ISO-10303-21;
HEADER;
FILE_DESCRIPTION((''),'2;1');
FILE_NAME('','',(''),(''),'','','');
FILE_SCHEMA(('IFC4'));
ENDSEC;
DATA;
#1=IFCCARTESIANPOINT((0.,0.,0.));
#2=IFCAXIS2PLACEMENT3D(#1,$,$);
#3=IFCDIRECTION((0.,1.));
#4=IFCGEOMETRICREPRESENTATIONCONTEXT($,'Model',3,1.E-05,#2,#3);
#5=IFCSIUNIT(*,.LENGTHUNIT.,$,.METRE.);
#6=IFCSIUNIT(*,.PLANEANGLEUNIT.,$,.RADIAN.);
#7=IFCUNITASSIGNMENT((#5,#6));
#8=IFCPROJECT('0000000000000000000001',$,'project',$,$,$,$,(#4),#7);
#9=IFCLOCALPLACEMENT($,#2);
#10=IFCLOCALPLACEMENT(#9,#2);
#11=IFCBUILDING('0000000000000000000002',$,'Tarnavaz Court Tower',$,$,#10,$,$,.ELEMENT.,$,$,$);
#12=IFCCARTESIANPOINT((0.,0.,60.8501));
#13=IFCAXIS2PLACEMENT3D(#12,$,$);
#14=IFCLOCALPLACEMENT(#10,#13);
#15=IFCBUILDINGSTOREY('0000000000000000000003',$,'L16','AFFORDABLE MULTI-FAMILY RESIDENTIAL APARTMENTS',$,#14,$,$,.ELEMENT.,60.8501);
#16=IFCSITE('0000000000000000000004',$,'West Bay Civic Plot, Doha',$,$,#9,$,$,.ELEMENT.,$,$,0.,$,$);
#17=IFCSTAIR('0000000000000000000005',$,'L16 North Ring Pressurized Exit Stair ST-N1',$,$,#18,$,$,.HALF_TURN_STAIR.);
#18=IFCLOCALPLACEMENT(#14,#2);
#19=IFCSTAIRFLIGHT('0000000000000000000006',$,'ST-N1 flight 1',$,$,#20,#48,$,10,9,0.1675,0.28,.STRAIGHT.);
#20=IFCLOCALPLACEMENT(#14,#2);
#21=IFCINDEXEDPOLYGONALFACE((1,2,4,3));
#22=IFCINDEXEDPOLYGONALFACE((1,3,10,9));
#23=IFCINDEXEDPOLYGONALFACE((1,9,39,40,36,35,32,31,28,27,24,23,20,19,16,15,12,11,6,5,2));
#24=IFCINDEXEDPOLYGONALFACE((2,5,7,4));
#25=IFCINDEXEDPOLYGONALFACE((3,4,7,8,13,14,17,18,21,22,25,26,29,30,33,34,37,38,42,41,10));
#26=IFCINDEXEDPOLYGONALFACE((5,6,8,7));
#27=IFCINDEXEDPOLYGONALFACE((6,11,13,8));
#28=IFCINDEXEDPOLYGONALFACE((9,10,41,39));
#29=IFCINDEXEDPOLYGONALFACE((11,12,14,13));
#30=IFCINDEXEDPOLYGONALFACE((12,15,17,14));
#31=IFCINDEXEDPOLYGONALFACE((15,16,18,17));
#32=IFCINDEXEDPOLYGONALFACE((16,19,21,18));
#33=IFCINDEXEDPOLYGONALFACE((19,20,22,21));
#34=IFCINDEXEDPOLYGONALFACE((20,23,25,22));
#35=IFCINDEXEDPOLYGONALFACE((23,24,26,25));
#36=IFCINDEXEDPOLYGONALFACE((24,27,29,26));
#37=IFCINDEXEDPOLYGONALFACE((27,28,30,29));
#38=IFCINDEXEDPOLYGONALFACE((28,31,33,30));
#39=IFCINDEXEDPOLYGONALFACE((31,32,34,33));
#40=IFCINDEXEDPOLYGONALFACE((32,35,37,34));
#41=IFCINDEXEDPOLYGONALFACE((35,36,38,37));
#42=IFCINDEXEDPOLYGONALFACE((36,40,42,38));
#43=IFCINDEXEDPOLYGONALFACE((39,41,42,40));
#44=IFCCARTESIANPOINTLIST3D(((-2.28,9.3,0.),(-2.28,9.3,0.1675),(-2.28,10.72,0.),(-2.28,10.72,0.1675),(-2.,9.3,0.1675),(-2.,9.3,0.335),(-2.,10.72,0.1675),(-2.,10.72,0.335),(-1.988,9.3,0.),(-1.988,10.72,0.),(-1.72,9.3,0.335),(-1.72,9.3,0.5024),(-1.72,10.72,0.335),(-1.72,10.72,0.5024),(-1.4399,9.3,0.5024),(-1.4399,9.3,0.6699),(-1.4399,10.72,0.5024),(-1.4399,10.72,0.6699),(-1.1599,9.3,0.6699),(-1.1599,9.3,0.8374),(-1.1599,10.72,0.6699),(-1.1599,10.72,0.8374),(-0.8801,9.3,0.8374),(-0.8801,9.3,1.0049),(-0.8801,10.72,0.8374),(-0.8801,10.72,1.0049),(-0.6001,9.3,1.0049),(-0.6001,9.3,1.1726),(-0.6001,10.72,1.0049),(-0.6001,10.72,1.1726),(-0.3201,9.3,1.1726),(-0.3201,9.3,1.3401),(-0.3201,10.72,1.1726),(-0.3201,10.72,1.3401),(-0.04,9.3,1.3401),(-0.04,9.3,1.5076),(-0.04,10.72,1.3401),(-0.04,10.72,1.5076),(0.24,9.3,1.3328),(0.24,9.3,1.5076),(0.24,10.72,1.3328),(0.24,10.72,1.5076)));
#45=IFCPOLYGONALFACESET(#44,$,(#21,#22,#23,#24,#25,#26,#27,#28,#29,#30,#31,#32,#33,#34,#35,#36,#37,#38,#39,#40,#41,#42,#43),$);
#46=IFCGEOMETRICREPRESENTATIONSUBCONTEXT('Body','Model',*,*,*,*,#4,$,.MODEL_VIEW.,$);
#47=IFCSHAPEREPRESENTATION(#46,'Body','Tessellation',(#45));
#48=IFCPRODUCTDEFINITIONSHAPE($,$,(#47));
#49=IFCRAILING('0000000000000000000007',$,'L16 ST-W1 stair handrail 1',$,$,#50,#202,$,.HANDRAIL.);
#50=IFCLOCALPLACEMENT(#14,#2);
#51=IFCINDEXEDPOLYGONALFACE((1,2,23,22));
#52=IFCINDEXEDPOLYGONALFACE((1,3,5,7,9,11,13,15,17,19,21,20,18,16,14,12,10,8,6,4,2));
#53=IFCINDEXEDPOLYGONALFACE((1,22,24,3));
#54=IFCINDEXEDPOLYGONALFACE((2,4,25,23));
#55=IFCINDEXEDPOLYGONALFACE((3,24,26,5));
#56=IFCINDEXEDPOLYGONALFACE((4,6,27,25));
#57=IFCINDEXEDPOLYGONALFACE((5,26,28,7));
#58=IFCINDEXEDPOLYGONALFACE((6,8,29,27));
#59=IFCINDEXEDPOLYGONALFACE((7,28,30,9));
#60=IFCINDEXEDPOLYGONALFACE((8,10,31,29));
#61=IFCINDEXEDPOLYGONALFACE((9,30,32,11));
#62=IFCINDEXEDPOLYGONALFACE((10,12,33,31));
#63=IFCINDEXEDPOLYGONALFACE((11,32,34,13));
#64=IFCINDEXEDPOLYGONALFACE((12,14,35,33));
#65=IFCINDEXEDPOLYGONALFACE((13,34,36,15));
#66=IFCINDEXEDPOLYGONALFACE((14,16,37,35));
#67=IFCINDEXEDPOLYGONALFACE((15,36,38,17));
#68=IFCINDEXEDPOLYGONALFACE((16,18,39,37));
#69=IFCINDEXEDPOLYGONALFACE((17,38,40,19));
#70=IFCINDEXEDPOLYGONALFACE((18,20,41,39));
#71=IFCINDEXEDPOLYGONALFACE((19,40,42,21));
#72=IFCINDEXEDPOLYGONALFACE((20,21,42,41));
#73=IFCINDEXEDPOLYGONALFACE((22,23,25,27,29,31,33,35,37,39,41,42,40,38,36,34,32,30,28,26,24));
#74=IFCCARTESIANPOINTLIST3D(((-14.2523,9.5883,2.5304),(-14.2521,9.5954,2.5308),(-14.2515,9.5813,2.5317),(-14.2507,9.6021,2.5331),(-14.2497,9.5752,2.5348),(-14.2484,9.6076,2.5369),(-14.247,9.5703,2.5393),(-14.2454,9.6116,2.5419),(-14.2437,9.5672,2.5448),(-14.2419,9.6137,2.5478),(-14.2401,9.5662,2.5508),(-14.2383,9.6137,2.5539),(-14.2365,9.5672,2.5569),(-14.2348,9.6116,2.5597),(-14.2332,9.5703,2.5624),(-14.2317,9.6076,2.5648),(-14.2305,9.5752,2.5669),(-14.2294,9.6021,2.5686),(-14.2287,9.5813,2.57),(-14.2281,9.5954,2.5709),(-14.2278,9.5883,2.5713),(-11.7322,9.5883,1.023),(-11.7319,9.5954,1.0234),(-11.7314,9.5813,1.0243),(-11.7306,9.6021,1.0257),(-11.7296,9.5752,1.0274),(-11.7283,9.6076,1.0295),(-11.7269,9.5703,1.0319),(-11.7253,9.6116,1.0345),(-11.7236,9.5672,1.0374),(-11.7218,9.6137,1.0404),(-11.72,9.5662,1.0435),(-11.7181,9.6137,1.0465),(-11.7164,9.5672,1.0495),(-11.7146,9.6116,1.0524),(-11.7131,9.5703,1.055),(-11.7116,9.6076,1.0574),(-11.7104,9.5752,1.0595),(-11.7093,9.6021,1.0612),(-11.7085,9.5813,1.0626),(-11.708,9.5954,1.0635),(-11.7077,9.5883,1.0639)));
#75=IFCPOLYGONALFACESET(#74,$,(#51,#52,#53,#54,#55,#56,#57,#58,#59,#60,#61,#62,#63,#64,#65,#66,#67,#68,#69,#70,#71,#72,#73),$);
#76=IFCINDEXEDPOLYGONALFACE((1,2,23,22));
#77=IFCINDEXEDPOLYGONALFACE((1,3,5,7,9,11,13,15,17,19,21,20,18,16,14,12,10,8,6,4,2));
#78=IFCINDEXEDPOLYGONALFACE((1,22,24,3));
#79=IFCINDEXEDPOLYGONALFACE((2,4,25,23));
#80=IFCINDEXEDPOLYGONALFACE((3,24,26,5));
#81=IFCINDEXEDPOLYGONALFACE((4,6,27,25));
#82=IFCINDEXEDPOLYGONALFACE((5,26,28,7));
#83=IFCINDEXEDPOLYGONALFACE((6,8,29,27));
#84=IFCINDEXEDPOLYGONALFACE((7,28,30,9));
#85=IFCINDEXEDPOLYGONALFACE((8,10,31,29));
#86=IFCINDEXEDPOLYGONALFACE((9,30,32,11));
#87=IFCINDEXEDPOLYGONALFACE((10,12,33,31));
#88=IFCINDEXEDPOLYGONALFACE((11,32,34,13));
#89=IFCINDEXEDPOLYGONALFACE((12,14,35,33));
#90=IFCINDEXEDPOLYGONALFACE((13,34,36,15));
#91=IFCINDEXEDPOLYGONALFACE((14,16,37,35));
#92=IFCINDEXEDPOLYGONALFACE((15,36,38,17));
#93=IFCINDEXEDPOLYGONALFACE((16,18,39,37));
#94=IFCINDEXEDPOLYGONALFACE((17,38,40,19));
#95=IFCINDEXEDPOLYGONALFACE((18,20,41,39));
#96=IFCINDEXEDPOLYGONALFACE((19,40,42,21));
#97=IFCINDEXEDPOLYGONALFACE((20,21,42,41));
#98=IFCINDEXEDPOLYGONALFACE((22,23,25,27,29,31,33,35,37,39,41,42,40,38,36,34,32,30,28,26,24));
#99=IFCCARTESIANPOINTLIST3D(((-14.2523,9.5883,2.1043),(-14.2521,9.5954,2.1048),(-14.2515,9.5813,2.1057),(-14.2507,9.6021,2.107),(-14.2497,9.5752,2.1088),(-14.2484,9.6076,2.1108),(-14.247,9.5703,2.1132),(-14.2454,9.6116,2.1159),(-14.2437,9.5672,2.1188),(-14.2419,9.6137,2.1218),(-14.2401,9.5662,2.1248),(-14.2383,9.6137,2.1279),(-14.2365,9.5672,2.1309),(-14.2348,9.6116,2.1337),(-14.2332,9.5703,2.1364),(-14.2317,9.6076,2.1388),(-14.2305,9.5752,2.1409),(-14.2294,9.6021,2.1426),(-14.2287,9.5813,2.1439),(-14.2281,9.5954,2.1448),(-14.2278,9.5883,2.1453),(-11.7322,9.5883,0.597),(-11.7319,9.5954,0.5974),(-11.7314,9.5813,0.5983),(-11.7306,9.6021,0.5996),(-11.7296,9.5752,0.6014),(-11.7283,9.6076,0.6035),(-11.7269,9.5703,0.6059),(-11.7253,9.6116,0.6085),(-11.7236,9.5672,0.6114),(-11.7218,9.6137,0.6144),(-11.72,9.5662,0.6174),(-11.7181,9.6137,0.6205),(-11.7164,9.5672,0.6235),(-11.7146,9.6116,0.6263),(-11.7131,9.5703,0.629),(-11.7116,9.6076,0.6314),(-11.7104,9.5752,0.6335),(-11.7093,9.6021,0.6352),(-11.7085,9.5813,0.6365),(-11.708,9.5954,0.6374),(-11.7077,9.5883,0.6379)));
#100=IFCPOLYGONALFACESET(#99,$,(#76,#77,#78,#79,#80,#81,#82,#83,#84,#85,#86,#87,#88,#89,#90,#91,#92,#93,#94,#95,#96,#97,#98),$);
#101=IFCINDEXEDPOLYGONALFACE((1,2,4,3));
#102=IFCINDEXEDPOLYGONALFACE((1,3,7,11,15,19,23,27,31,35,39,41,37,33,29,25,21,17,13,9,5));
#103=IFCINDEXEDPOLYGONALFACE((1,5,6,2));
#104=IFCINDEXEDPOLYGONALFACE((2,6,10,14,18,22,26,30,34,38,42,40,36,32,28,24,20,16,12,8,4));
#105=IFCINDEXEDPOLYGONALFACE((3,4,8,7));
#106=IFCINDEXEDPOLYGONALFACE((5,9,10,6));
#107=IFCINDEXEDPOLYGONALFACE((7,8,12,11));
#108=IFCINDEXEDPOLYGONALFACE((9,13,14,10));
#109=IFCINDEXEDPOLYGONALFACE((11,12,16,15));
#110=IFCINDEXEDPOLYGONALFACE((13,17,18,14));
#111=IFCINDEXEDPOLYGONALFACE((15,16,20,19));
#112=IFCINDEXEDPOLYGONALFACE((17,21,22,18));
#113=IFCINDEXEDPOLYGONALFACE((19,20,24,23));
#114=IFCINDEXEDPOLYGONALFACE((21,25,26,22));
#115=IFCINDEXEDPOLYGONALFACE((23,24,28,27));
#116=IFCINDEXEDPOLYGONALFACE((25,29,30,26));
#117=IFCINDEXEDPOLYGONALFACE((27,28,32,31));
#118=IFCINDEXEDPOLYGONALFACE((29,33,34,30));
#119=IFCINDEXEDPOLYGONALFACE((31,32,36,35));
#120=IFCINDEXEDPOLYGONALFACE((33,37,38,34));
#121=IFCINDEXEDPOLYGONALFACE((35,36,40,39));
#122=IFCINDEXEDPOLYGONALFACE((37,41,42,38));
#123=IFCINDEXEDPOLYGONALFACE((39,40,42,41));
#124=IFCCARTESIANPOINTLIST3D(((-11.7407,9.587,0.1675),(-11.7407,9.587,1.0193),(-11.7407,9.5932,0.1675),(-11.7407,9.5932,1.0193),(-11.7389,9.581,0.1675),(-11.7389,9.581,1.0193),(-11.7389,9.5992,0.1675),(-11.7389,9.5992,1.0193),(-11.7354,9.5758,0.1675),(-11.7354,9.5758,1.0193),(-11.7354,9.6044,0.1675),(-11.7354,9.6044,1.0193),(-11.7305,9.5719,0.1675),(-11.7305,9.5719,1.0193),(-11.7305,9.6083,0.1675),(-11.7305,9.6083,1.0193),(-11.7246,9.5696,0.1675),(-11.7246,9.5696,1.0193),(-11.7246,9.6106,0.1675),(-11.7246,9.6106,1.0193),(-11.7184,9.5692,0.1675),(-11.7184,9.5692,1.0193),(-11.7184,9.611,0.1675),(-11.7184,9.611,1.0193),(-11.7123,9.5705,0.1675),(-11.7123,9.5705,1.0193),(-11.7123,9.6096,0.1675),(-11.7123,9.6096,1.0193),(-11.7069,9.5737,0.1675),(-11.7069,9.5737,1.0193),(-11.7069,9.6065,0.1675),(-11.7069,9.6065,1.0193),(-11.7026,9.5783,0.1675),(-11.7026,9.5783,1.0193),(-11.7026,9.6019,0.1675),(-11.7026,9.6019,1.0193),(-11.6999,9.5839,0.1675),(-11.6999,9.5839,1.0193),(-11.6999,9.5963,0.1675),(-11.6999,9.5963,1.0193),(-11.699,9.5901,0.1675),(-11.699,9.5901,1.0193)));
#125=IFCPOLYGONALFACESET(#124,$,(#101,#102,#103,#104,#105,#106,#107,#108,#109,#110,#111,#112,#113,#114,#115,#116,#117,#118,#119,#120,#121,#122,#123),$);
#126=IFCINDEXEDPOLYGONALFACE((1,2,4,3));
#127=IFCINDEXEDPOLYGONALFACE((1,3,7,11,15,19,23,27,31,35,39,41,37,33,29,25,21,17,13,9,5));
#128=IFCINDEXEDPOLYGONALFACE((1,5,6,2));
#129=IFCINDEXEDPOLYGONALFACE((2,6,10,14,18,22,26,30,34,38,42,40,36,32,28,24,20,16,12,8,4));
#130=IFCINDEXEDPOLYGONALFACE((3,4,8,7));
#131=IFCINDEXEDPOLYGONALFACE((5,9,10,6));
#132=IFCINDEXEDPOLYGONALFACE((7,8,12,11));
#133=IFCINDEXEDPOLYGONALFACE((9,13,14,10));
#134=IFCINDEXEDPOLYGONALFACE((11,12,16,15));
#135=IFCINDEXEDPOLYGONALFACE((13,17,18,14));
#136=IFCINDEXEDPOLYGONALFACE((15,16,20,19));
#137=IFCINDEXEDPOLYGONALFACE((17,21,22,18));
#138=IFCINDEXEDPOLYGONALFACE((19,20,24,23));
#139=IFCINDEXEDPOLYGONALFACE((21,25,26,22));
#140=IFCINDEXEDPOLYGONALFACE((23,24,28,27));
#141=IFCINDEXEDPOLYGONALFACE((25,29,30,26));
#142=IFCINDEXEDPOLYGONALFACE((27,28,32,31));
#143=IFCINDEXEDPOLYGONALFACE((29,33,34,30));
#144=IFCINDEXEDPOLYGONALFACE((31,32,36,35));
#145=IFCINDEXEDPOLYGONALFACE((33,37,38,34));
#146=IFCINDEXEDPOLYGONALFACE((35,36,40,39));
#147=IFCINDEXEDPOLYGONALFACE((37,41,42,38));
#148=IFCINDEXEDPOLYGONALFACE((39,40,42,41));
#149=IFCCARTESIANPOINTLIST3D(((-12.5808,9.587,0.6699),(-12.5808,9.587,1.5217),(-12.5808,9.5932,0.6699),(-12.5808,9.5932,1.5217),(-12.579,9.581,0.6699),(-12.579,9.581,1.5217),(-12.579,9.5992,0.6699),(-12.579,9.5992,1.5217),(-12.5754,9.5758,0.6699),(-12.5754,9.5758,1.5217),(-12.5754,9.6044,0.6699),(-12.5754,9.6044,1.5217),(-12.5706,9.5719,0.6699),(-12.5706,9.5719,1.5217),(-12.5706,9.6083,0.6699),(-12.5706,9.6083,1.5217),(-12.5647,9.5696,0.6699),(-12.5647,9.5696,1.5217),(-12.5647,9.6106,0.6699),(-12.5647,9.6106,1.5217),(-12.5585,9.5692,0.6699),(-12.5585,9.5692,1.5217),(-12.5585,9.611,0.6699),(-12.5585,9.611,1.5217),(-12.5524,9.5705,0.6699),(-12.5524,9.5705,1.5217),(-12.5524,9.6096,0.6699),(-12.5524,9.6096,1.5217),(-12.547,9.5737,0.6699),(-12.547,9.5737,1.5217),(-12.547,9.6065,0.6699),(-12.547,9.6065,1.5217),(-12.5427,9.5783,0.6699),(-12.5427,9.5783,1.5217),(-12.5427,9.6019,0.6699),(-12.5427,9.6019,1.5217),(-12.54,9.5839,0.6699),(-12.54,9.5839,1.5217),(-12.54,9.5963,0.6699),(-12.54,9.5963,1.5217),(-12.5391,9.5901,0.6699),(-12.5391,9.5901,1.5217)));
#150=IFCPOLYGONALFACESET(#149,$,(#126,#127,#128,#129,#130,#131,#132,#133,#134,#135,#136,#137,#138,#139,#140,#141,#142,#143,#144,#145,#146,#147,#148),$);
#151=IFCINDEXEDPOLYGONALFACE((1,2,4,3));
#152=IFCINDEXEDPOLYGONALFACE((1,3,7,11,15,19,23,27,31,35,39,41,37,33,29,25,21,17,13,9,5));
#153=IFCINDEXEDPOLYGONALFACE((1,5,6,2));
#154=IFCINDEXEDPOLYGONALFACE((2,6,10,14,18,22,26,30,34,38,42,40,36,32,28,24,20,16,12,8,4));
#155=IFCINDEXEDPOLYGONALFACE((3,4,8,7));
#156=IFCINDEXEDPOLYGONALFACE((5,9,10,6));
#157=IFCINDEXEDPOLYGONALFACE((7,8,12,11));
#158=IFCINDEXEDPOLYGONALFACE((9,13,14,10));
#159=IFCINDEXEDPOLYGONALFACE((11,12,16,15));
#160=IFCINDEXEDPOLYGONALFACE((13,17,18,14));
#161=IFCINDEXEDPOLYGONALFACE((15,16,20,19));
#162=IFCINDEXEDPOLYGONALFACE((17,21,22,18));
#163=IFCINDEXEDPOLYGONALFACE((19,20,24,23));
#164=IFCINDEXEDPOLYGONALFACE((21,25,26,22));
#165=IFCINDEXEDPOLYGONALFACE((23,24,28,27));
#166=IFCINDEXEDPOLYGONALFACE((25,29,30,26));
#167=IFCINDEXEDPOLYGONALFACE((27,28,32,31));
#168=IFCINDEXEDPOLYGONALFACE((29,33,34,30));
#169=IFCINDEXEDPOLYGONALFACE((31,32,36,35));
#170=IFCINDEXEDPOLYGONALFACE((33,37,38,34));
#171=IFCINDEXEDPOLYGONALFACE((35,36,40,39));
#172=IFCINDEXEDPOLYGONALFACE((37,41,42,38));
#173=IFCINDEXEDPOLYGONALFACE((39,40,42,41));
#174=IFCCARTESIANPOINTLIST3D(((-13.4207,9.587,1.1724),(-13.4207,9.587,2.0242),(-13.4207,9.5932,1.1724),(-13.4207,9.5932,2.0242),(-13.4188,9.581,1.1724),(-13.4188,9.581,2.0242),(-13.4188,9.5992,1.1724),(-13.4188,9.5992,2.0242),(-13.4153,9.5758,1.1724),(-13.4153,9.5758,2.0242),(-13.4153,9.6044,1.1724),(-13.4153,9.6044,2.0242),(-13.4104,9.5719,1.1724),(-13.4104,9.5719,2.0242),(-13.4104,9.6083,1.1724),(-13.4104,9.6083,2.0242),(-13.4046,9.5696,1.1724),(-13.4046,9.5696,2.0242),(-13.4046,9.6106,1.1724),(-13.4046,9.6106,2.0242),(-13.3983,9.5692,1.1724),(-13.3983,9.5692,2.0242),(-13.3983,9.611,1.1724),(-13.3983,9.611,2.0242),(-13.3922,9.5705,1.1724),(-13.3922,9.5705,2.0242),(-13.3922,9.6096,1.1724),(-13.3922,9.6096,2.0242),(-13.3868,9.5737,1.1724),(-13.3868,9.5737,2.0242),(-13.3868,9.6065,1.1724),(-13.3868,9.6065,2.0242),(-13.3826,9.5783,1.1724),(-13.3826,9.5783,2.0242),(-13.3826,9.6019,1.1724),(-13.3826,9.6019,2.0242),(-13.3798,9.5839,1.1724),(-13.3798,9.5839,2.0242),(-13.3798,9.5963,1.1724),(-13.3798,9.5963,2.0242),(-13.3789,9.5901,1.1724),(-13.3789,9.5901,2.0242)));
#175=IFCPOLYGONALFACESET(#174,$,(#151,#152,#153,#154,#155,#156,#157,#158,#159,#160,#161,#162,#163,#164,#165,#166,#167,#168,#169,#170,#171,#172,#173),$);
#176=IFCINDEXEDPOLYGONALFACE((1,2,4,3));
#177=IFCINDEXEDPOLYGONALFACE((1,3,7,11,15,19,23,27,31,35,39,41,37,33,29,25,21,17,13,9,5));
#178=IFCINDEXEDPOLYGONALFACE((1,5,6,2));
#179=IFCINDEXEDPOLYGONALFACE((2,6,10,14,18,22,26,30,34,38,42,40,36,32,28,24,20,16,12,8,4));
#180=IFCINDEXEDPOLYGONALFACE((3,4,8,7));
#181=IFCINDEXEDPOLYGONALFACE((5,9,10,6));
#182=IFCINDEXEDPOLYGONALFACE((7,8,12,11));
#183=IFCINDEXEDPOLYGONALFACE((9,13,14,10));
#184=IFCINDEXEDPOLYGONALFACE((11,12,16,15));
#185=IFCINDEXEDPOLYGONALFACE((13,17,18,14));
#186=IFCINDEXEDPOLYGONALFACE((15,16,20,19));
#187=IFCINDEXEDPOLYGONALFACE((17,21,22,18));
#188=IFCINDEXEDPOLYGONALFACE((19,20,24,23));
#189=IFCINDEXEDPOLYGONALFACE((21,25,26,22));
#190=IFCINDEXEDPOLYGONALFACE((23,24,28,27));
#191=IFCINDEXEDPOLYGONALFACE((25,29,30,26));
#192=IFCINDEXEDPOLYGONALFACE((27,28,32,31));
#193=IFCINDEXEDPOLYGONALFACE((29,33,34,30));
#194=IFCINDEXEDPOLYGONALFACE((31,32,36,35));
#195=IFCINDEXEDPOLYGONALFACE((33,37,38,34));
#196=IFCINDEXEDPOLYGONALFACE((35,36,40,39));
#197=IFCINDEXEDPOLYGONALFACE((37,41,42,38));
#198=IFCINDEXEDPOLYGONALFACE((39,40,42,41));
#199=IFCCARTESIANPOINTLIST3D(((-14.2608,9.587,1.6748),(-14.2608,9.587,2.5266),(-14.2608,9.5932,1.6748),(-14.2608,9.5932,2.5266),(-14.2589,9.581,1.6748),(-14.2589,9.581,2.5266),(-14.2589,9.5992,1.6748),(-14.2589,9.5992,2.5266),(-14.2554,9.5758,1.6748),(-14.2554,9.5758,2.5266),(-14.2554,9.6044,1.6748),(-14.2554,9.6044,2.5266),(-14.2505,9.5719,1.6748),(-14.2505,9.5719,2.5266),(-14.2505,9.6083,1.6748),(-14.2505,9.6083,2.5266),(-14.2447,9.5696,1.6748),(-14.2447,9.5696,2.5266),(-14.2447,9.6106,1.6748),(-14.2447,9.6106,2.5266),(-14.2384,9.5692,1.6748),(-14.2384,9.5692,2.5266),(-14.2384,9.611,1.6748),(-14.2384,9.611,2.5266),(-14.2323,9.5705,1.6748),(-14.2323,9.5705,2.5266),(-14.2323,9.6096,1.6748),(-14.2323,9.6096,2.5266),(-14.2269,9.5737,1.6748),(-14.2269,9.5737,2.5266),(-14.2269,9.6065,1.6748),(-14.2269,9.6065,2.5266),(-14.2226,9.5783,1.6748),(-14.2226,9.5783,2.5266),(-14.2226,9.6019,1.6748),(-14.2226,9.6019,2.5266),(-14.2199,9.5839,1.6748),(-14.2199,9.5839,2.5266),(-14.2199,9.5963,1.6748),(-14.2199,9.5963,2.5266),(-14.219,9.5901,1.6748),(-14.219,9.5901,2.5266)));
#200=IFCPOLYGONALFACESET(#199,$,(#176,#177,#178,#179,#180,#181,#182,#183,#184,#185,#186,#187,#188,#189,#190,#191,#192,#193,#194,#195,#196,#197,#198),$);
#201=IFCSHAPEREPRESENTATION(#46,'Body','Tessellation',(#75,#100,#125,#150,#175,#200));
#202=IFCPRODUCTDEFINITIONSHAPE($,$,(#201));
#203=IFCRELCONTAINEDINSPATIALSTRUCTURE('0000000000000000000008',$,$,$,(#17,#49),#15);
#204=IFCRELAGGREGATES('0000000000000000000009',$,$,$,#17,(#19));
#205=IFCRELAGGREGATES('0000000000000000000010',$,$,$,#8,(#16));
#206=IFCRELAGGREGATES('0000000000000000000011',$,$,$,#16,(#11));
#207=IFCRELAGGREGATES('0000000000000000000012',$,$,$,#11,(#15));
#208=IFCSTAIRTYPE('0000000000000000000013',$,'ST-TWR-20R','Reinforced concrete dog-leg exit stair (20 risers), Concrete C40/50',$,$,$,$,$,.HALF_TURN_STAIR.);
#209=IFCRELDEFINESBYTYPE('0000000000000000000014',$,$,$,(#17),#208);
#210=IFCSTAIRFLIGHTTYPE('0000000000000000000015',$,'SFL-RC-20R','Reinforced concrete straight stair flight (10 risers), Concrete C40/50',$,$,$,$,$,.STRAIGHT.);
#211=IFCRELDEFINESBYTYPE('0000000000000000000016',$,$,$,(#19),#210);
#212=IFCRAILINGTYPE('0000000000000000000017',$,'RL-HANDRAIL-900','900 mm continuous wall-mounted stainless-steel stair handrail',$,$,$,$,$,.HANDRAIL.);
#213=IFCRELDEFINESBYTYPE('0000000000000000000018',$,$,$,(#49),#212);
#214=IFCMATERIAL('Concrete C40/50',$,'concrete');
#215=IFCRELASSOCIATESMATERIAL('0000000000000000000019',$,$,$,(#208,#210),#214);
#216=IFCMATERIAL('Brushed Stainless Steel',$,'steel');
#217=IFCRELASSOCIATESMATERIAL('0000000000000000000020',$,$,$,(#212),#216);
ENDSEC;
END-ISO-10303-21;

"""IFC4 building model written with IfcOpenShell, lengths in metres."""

from ifc_helpers import new_model, si_unit, direction, frame, origin, origin_2d, place, context, subcontext, project, spatial, polyline, circle, outline, extrude, material, type_object, element, aggregate, save


model = new_model("IFC4")

# Units and contexts
model_context = context("Model", 3, precision=1e-05, world=origin(), true_north=direction((0.0, 1.0)))
body_context = subcontext(model_context, "Body", "Model", "MODEL_VIEW")
ifc_project = project(units=[si_unit("LENGTHUNIT", "METRE"), si_unit("PLANEANGLEUNIT", "RADIAN")], contexts=[model_context])

# Site, building, storey
site_placement = place(None, origin())
site = spatial("IfcSite", under=ifc_project, at=site_placement, Name="West Bay Civic Plot, Doha", CompositionType="ELEMENT", RefElevation=0.0)
building_placement = place(site_placement, origin())
building = spatial("IfcBuilding", under=site, at=building_placement, Name="Tarnavaz Court Tower", CompositionType="ELEMENT")
storey_placement = place(building_placement, frame((0.0, 0.0, 60.8501)))
storey = spatial("IfcBuildingStorey", under=building, at=storey_placement, Name="L16", Description="AFFORDABLE MULTI-FAMILY RESIDENTIAL APARTMENTS", CompositionType="ELEMENT", Elevation=60.8501)

# Stair, stair flight
ifc_material_1 = material(Name="Concrete C40/50", Category="concrete")
stair_type = type_object("IfcStairType", Name="ST-TWR-20R", Description="Reinforced concrete dog-leg exit stair (20 risers), Concrete C40/50", PredefinedType="HALF_TURN_STAIR", material=ifc_material_1)
stair_flight_type = type_object("IfcStairFlightType", Name="SFL-RC-20R", Description="Reinforced concrete straight stair flight (10 risers), Concrete C40/50", PredefinedType="STRAIGHT", material=ifc_material_1)
stair_1_placement = place(storey_placement, origin())
stair_1 = element("IfcStair", 1, at=stair_1_placement, inside=storey, type_object=stair_type, Name="L16 North Ring Pressurized Exit Stair ST-N1", PredefinedType="HALF_TURN_STAIR")
stair_flight_1_placement = place(storey_placement, frame((-2.28, 10.01, 0.0), z_axis=(0.0, 0.0, 1.0), x_axis=(1.0, 0.0, 0.0)))
stair_flight_1 = element("IfcStairFlight", 2, at=stair_flight_1_placement, type_object=stair_flight_type, Name="ST-N1 flight 1", NumberOfRisers=10, NumberOfTreads=9, PredefinedType="STRAIGHT", RiserHeight=0.1675, TreadLength=0.28, context=body_context, shape_type="SweptSolid", body=[
    extrude(outline(polyline([(0.0, 0.0), (0.0, 0.1675), (0.28, 0.1675), (0.28, 0.335), (0.5601, 0.335), (0.5601, 0.5024), (0.8401, 0.5024), (0.8401, 0.6699), (1.1201, 0.6699), (1.1201, 0.8374), (1.3999, 0.8374), (1.3999, 1.0049), (1.6799, 1.0049), (1.6799, 1.1726), (1.96, 1.1726), (1.96, 1.3401), (2.24, 1.3401), (2.24, 1.5076), (2.52, 1.5076), (2.52, 1.675), (2.52, 1.3328), (0.292, 0.0), (0.0, 0.0)])), frame((0.0, 0.71, 0.0), z_axis=(0.0, -1.0, 0.0), x_axis=(1.0, 0.0, 0.0)), (0.0, 0.0, 1.0), 1.4199),
])
aggregate(stair_1, [stair_flight_1])

# Railing
ifc_material_2 = material(Name="Brushed Stainless Steel", Category="steel")
railing_type_1 = type_object("IfcRailingType", Name="RL-HANDRAIL-900", Description="900 mm continuous wall-mounted stainless-steel stair handrail", PredefinedType="HANDRAIL", material=ifc_material_2)
railing_1_placement = place(storey_placement, frame((-11.72, 9.5901, 0.1675)))
element("IfcRailing", 3, at=railing_1_placement, inside=storey, type_object=railing_type_1, Name="L16 ST-W1 stair handrail 1", PredefinedType="HANDRAIL", context=body_context, shape_type="SweptSolid", body=[
    extrude(circle(Radius=0.0239, at=origin_2d()), frame((0.0, 0.0, 0.876), z_axis=(-0.858196, 0.0, 0.513321), x_axis=(0.0, -1.0, 0.0)), (0.0, 0.0, 1.0), 2.9365),
    extrude(circle(Radius=0.0239, at=origin_2d()), frame((0.0, 0.0, 0.45), z_axis=(-0.858196, 0.0, 0.513321), x_axis=(0.0, -1.0, 0.0)), (0.0, 0.0, 1.0), 2.9365),
    extrude(circle(Radius=0.021, at=origin_2d()), origin(), (0.0, 0.0, 1.0), 0.8518),
    extrude(circle(Radius=0.021, at=origin_2d()), frame((-0.8401, 0.0, 0.5024)), (0.0, 0.0, 1.0), 0.8518),
    extrude(circle(Radius=0.021, at=origin_2d()), frame((-1.6799, 0.0, 1.0049)), (0.0, 0.0, 1.0), 0.8518),
    extrude(circle(Radius=0.021, at=origin_2d()), frame((-2.52, 0.0, 1.5073)), (0.0, 0.0, 1.0), 0.8518),
])

save(model, "model.ifc")
